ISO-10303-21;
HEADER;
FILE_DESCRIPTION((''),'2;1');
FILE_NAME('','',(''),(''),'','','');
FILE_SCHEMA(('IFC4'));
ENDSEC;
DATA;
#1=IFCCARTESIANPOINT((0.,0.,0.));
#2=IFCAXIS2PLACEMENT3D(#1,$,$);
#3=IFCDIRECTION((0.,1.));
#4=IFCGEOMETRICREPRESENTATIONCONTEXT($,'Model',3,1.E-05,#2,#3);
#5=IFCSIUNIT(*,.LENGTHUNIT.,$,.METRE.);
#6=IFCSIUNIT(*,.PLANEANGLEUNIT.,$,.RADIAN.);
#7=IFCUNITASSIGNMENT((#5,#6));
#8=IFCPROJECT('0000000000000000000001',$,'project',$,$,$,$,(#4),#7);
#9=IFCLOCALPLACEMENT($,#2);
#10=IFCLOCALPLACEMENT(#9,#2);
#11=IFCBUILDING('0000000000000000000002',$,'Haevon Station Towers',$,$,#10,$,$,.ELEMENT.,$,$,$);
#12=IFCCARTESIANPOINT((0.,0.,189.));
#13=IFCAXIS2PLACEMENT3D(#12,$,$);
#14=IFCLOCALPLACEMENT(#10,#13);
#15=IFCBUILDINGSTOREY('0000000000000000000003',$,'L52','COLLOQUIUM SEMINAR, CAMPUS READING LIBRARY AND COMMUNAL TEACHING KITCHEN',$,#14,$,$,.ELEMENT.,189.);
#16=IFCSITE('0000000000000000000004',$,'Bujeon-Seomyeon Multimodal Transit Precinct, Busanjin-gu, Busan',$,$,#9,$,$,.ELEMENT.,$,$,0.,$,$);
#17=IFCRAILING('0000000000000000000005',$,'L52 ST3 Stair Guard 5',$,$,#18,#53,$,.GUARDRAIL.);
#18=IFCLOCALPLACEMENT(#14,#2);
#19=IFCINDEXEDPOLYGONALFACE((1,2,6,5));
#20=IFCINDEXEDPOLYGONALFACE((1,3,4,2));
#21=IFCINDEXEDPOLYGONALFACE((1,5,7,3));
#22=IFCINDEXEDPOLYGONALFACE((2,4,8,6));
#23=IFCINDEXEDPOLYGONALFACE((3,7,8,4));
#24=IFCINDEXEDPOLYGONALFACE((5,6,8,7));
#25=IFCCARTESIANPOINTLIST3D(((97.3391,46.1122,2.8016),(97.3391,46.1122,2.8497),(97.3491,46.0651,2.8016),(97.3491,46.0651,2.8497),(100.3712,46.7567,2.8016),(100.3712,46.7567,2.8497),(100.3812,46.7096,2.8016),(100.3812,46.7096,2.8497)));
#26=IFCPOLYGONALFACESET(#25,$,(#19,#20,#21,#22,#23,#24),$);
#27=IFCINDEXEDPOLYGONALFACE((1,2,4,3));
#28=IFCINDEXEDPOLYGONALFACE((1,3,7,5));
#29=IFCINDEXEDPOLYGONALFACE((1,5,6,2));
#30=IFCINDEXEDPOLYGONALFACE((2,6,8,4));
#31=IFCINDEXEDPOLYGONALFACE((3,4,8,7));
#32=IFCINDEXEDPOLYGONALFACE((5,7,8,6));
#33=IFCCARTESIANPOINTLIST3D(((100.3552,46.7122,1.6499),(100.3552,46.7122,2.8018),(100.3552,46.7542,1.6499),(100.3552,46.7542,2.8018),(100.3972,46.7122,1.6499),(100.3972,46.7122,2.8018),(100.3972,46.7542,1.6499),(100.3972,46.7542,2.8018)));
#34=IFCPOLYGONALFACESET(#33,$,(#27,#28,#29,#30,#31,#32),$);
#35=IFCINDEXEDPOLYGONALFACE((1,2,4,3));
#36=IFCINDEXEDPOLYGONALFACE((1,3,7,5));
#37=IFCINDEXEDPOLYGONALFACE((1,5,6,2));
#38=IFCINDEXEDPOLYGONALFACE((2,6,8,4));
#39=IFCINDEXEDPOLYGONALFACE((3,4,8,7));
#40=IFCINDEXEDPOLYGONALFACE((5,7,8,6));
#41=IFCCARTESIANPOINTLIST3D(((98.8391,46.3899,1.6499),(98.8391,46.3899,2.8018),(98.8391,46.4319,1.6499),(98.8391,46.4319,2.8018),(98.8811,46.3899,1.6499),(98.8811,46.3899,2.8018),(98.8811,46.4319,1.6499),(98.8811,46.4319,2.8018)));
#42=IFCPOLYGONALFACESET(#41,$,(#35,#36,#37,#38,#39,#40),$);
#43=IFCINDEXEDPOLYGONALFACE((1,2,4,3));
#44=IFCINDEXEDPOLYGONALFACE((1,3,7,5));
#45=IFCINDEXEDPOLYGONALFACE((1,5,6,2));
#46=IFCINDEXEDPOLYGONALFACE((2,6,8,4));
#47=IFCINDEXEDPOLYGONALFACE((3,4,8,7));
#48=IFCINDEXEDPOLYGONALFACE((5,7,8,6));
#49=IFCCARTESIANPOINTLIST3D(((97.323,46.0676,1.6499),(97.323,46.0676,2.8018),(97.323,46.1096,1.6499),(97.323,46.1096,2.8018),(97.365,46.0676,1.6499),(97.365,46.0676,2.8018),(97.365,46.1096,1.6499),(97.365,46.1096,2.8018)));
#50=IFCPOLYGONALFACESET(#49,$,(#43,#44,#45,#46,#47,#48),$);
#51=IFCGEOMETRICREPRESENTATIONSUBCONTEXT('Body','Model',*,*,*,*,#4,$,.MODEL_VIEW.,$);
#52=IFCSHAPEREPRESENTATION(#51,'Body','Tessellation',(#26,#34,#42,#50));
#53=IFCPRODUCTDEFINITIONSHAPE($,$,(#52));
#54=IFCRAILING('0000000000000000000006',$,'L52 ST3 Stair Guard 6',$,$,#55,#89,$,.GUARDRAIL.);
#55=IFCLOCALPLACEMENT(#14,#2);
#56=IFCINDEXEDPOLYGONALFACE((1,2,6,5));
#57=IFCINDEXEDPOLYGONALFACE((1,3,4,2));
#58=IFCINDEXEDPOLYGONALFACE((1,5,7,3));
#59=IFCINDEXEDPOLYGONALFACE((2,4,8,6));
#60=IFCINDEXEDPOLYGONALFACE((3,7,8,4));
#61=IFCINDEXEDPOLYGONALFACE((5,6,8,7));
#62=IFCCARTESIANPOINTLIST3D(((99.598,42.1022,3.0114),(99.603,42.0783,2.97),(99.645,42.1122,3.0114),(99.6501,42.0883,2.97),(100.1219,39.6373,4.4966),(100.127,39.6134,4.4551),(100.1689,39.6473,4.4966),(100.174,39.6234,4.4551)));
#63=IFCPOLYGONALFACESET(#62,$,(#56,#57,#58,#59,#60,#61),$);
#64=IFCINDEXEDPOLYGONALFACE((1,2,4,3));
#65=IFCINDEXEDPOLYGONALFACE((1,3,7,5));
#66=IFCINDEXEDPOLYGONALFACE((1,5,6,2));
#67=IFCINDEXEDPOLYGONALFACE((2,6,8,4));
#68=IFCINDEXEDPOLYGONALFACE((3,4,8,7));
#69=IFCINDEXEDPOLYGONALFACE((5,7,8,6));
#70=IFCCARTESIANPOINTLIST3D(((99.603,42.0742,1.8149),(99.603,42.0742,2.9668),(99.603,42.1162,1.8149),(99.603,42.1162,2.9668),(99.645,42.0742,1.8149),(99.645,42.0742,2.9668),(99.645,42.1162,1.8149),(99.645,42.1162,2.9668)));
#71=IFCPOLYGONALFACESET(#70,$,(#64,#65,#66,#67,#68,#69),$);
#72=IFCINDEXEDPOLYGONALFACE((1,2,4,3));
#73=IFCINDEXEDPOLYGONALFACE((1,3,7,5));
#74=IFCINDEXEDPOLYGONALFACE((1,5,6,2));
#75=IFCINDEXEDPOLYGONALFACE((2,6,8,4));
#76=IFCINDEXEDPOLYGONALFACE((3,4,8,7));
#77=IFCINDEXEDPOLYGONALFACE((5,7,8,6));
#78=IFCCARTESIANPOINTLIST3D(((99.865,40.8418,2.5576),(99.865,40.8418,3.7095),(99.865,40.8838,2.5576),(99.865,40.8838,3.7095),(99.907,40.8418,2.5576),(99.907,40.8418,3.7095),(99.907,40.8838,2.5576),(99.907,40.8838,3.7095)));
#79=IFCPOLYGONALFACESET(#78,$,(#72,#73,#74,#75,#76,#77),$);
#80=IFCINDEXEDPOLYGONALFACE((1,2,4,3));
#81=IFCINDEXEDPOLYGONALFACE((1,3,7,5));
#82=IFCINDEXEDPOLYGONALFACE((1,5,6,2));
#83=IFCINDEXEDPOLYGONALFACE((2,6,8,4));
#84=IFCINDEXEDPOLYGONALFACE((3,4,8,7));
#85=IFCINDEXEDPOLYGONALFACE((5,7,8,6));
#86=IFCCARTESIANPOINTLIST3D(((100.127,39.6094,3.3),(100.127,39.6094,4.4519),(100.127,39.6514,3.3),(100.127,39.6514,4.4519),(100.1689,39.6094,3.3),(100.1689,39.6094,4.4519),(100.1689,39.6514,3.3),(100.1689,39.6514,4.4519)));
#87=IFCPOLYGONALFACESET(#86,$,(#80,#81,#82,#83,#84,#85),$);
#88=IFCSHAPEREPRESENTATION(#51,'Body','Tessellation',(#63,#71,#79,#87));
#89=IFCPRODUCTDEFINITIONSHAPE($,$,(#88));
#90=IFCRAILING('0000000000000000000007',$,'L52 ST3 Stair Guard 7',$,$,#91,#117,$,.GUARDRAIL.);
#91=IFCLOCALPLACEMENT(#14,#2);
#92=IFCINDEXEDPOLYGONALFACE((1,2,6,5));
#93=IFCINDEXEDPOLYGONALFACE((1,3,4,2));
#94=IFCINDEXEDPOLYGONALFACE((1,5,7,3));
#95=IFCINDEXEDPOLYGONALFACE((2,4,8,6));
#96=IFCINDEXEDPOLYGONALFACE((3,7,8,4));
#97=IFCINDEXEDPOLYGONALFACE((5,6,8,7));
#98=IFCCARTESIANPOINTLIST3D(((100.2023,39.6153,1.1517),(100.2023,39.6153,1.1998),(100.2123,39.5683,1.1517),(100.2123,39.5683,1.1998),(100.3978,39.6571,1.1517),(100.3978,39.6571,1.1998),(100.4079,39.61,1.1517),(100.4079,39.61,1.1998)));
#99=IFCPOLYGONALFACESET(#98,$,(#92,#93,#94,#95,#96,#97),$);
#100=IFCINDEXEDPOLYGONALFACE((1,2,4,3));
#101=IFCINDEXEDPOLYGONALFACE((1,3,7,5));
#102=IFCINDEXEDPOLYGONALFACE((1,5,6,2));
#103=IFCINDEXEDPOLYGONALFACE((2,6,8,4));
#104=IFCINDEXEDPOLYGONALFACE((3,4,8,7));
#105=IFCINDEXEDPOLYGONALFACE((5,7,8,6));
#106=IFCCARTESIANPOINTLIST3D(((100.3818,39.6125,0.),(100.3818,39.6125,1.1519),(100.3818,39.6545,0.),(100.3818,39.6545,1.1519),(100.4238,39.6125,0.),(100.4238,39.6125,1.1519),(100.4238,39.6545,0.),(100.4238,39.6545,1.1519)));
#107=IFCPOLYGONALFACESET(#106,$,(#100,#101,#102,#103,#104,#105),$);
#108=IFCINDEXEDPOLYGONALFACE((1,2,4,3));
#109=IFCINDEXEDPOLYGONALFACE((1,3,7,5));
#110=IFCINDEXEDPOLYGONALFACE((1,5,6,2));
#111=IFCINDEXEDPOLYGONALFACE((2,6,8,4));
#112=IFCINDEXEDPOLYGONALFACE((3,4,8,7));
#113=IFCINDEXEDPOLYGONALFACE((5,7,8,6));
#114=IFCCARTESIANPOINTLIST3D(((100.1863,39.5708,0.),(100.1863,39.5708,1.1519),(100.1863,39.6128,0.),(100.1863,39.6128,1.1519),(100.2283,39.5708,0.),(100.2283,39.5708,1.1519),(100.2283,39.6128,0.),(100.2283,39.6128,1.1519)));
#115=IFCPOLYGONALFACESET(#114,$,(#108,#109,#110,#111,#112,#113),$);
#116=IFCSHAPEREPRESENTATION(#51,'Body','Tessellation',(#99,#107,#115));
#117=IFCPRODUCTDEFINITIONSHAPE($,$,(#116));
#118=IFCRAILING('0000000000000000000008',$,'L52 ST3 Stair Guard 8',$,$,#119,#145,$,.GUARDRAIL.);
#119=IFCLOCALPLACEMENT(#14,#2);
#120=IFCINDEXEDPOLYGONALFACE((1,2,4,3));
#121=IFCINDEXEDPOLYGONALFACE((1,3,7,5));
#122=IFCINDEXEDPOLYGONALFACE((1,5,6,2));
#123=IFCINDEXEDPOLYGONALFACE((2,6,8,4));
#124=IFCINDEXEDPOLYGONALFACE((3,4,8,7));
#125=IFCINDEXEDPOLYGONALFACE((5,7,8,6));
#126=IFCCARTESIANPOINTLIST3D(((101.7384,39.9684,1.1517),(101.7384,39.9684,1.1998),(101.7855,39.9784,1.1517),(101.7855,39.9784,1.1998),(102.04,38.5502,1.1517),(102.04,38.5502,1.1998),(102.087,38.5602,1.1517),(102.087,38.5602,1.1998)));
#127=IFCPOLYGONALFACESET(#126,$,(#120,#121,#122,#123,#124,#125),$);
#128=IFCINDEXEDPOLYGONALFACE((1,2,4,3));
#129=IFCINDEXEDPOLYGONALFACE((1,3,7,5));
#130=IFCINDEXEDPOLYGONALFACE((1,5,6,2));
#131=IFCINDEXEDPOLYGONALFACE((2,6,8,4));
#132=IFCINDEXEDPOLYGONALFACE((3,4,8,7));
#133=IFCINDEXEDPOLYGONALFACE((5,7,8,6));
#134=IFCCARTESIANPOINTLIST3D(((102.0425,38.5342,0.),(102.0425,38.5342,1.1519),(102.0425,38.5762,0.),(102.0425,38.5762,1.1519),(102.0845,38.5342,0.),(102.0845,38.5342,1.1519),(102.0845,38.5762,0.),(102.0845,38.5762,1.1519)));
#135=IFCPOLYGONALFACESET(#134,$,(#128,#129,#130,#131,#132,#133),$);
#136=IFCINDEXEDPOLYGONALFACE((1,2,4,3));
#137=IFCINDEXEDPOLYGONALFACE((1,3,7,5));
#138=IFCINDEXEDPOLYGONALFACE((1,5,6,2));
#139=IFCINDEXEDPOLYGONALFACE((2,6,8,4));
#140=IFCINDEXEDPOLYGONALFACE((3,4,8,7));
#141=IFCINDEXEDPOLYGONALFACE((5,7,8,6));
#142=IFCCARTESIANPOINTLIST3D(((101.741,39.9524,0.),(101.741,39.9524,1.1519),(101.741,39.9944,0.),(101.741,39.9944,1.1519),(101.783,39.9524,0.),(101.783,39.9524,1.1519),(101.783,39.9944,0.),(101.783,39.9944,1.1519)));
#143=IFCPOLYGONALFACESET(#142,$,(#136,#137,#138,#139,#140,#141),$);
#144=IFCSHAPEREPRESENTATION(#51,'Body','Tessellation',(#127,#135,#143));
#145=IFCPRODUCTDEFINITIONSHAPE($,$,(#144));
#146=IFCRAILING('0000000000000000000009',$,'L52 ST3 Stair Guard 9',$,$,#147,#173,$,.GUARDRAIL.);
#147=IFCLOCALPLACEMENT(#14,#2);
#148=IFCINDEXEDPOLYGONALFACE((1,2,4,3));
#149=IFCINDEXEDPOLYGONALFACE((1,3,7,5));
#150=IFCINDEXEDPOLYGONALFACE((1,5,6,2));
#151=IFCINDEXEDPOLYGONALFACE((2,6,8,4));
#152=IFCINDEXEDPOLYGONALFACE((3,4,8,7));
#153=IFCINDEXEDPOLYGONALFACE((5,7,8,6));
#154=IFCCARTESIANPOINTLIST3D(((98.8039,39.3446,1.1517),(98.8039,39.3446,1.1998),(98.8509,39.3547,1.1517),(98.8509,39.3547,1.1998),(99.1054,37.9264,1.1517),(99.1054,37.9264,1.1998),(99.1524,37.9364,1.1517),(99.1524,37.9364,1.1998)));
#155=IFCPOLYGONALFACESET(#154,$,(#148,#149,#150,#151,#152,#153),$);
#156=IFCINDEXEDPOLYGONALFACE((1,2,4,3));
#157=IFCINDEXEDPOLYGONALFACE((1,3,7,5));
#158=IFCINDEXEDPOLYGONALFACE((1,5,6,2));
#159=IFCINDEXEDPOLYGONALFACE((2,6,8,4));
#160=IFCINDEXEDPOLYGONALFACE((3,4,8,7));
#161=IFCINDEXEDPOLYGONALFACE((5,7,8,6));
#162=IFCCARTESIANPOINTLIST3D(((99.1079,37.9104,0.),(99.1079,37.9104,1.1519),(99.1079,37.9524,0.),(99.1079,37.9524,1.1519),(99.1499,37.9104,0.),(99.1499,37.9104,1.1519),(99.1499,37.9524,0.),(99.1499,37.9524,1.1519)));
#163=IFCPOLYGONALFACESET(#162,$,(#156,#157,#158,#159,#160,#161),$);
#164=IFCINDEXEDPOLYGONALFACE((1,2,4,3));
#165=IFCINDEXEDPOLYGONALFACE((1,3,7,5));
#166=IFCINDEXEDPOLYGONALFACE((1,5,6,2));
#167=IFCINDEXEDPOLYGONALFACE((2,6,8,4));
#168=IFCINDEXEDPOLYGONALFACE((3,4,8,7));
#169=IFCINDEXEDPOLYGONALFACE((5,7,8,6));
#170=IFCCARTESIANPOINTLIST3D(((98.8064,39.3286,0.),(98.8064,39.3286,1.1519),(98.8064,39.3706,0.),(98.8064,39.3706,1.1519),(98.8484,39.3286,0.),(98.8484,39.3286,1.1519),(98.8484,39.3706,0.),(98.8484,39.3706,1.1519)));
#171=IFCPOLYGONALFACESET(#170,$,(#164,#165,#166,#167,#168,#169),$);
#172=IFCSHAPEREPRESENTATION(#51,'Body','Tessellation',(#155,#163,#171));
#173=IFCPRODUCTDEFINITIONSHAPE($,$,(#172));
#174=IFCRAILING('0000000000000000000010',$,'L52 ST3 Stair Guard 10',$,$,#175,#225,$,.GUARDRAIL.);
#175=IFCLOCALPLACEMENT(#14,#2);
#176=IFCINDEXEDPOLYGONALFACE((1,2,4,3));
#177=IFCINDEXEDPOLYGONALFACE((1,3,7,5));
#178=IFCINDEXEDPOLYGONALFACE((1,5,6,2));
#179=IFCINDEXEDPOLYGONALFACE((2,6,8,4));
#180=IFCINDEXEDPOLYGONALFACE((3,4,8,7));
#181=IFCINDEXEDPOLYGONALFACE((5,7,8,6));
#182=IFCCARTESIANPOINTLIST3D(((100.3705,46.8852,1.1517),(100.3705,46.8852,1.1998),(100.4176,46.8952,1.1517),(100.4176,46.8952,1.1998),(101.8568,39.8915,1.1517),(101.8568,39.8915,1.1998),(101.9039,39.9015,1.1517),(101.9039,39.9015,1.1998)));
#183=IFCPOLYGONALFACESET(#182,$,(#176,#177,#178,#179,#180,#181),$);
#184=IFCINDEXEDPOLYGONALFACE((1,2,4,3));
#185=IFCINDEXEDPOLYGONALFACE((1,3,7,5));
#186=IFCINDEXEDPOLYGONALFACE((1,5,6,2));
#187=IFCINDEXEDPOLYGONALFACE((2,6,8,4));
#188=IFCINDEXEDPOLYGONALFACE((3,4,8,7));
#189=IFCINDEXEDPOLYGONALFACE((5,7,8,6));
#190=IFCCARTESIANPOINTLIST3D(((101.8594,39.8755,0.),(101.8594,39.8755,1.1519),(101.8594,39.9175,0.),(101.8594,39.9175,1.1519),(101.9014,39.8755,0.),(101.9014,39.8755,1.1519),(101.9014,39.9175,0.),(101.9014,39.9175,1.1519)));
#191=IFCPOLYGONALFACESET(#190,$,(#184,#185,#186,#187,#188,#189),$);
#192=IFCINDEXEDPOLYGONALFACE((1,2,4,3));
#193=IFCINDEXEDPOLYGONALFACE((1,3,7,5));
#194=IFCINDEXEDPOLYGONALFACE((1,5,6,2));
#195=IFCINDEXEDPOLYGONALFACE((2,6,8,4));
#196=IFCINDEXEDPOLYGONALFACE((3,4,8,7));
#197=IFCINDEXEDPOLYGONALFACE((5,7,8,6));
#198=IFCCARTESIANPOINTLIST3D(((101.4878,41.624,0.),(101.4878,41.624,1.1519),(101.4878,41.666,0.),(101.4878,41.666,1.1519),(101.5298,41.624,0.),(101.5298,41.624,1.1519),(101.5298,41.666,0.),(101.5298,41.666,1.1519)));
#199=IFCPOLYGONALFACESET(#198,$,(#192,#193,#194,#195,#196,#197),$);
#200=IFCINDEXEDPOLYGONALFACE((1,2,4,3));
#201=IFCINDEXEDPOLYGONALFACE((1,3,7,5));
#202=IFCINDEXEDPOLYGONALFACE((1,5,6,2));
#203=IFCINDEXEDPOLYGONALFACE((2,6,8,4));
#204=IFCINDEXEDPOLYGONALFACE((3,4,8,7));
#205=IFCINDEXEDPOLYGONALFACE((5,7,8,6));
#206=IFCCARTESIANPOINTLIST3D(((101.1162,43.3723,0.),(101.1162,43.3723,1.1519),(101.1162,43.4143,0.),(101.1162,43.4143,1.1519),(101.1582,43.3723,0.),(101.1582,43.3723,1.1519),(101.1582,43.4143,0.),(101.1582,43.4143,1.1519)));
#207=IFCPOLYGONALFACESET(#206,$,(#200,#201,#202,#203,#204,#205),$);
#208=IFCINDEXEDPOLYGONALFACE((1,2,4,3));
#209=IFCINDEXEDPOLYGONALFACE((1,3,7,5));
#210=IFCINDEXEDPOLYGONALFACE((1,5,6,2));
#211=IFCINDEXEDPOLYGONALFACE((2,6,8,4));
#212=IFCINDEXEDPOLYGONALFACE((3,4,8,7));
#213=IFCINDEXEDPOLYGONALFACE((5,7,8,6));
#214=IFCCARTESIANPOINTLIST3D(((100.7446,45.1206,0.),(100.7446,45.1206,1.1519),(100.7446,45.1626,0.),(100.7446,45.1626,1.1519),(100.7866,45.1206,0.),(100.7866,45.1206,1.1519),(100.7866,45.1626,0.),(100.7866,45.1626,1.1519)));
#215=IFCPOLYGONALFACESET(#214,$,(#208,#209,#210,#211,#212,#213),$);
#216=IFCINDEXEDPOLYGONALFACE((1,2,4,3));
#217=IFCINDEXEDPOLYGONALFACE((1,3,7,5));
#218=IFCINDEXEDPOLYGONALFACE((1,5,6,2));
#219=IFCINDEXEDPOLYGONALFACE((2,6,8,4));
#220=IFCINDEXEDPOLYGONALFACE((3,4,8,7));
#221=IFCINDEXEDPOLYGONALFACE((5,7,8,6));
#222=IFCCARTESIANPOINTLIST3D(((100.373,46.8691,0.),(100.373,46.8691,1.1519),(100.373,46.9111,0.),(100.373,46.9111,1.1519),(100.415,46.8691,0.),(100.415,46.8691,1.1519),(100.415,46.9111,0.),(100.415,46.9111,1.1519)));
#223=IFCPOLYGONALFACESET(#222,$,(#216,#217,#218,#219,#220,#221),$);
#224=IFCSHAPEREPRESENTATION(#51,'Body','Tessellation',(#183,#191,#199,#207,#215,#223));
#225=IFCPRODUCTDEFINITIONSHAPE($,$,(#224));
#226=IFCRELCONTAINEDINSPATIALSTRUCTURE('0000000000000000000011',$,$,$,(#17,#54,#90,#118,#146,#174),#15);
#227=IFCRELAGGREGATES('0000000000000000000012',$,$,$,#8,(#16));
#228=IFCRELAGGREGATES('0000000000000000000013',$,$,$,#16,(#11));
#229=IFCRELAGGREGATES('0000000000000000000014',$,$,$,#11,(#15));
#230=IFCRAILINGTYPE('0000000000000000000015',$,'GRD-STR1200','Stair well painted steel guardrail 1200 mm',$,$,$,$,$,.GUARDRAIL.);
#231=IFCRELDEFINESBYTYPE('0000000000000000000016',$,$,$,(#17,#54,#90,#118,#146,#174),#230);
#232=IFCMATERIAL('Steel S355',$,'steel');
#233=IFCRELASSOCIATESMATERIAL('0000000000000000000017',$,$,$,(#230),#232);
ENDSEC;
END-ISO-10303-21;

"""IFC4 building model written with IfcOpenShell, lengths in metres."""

from ifc_helpers import new_model, si_unit, direction, frame, origin, origin_2d, place, context, subcontext, project, spatial, rectangle, extrude, material, type_object, element, save


model = new_model("IFC4")

# Units and contexts
model_context = context("Model", 3, precision=1e-05, world=origin(), true_north=direction((0.0, 1.0)))
body_context = subcontext(model_context, "Body", "Model", "MODEL_VIEW")
ifc_project = project(units=[si_unit("LENGTHUNIT", "METRE"), si_unit("PLANEANGLEUNIT", "RADIAN")], contexts=[model_context])

# Site, building, storey
site_placement = place(None, origin())
site = spatial("IfcSite", under=ifc_project, at=site_placement, Name="Bujeon-Seomyeon Multimodal Transit Precinct, Busanjin-gu, Busan", CompositionType="ELEMENT", RefElevation=0.0)
building_placement = place(site_placement, origin())
building = spatial("IfcBuilding", under=site, at=building_placement, Name="Haevon Station Towers", CompositionType="ELEMENT")
storey_placement = place(building_placement, frame((0.0, 0.0, 189.0)))
storey = spatial("IfcBuildingStorey", under=building, at=storey_placement, Name="L52", Description="COLLOQUIUM SEMINAR, CAMPUS READING LIBRARY AND COMMUNAL TEACHING KITCHEN", CompositionType="ELEMENT", Elevation=189.0)

# Shared definitions
ifc_material_1 = material(Name="Steel S355", Category="steel")

# Railings
railing_type_1 = type_object("IfcRailingType", Name="GRD-STR1200", Description="Stair well painted steel guardrail 1200 mm", PredefinedType="GUARDRAIL", material=ifc_material_1)
railing_1_placement = place(storey_placement, frame((100.3762, 46.7332, 1.6499)))
element("IfcRailing", 1, at=railing_1_placement, inside=storey, type_object=railing_type_1, Name="L52 ST3 Stair Guard 5", PredefinedType="GUARDRAIL", context=body_context, shape_type="SweptSolid", body=[
    extrude(rectangle(XDim=0.0481, YDim=0.0481, at=origin_2d()), frame((0.0, 0.0, 1.1758), z_axis=(-0.978147, -0.207915, 0.0), x_axis=(0.207915, -0.978147, 0.0)), (0.0, 0.0, 1.0), 3.0999),
    extrude(rectangle(XDim=0.042, YDim=0.042, at=origin_2d()), origin(), (0.0, 0.0, 1.0), 1.1519),
    extrude(rectangle(XDim=0.042, YDim=0.042, at=origin_2d()), frame((-1.5161, -0.3223, 0.0)), (0.0, 0.0, 1.0), 1.1519),
    extrude(rectangle(XDim=0.042, YDim=0.042, at=origin_2d()), frame((-3.0322, -0.6445, 0.0)), (0.0, 0.0, 1.0), 1.1519),
])
railing_2_placement = place(storey_placement, frame((99.624, 42.0952, 1.8149)))
element("IfcRailing", 2, at=railing_2_placement, inside=storey, type_object=railing_type_1, Name="L52 ST3 Stair Guard 6", PredefinedType="GUARDRAIL", context=body_context, shape_type="SweptSolid", body=[
    extrude(rectangle(XDim=0.0481, YDim=0.0481, at=origin_2d()), frame((0.0, 0.0, 1.1758), z_axis=(0.179121, -0.842688, 0.507733), x_axis=(0.978147, 0.207914, 0.0)), (0.0, 0.0, 1.0), 2.925),
    extrude(rectangle(XDim=0.042, YDim=0.042, at=origin_2d()), origin(), (0.0, 0.0, 1.0), 1.1519),
    extrude(rectangle(XDim=0.042, YDim=0.042, at=origin_2d()), frame((0.262, -1.2324, 0.7427)), (0.0, 0.0, 1.0), 1.1519),
    extrude(rectangle(XDim=0.042, YDim=0.042, at=origin_2d()), frame((0.5239, -2.4648, 1.4851)), (0.0, 0.0, 1.0), 1.1519),
])
railing_3_placement = place(storey_placement, frame((100.4028, 39.6335, 0.0)))
element("IfcRailing", 3, at=railing_3_placement, inside=storey, type_object=railing_type_1, Name="L52 ST3 Stair Guard 7", PredefinedType="GUARDRAIL", context=body_context, shape_type="SweptSolid", body=[
    extrude(rectangle(XDim=0.0481, YDim=0.0481, at=origin_2d()), frame((0.0, 0.0, 1.1758), z_axis=(-0.977963, -0.208779, 0.0), x_axis=(0.208779, -0.977963, 0.0)), (0.0, 0.0, 1.0), 0.2),
    extrude(rectangle(XDim=0.042, YDim=0.042, at=origin_2d()), origin(), (0.0, 0.0, 1.0), 1.1519),
    extrude(rectangle(XDim=0.042, YDim=0.042, at=origin_2d()), frame((-0.1956, -0.0417, 0.0)), (0.0, 0.0, 1.0), 1.1519),
])
for number, where, name in (
    (4, (102.0635, 38.5552, 0.0), "L52 ST3 Stair Guard 8"),
    (5, (99.1289, 37.9314, 0.0), "L52 ST3 Stair Guard 9"),
):
    element("IfcRailing", number, at=place(storey_placement, frame(where)), inside=storey, type_object=railing_type_1, Name=name, PredefinedType="GUARDRAIL", context=body_context, shape_type="SweptSolid", body=[
        extrude(rectangle(XDim=0.0481, YDim=0.0481, at=origin_2d()), frame((0.0, 0.0, 1.1758), z_axis=(-0.207953, 0.978139, 0.0), x_axis=(-0.978139, -0.207953, 0.0)), (0.0, 0.0, 1.0), 1.45),
        extrude(rectangle(XDim=0.042, YDim=0.042, at=origin_2d()), origin(), (0.0, 0.0, 1.0), 1.1519),
        extrude(rectangle(XDim=0.042, YDim=0.042, at=origin_2d()), frame((-0.3015, 1.4182, 0.0)), (0.0, 0.0, 1.0), 1.1519),
    ])
railing_4_placement = place(storey_placement, frame((101.8804, 39.8965, 0.0)))
element("IfcRailing", 6, at=railing_4_placement, inside=storey, type_object=railing_type_1, Name="L52 ST3 Stair Guard 10", PredefinedType="GUARDRAIL", context=body_context, shape_type="SweptSolid", body=[
    extrude(rectangle(XDim=0.0481, YDim=0.0481, at=origin_2d()), frame((0.0, 0.0, 1.1758), z_axis=(-0.207882, 0.978154, 0.0), x_axis=(-0.978154, -0.207882, 0.0)), (0.0, 0.0, 1.0), 7.1499),
    extrude(rectangle(XDim=0.042, YDim=0.042, at=origin_2d()), origin(), (0.0, 0.0, 1.0), 1.1519),
    extrude(rectangle(XDim=0.042, YDim=0.042, at=origin_2d()), frame((-0.3716, 1.7485, 0.0)), (0.0, 0.0, 1.0), 1.1519),
    extrude(rectangle(XDim=0.042, YDim=0.042, at=origin_2d()), frame((-0.7432, 3.4968, 0.0)), (0.0, 0.0, 1.0), 1.1519),
    extrude(rectangle(XDim=0.042, YDim=0.042, at=origin_2d()), frame((-1.1147, 5.2451, 0.0)), (0.0, 0.0, 1.0), 1.1519),
    extrude(rectangle(XDim=0.042, YDim=0.042, at=origin_2d()), frame((-1.4863, 6.9937, 0.0)), (0.0, 0.0, 1.0), 1.1519),
])

save(model, "model.ifc")
